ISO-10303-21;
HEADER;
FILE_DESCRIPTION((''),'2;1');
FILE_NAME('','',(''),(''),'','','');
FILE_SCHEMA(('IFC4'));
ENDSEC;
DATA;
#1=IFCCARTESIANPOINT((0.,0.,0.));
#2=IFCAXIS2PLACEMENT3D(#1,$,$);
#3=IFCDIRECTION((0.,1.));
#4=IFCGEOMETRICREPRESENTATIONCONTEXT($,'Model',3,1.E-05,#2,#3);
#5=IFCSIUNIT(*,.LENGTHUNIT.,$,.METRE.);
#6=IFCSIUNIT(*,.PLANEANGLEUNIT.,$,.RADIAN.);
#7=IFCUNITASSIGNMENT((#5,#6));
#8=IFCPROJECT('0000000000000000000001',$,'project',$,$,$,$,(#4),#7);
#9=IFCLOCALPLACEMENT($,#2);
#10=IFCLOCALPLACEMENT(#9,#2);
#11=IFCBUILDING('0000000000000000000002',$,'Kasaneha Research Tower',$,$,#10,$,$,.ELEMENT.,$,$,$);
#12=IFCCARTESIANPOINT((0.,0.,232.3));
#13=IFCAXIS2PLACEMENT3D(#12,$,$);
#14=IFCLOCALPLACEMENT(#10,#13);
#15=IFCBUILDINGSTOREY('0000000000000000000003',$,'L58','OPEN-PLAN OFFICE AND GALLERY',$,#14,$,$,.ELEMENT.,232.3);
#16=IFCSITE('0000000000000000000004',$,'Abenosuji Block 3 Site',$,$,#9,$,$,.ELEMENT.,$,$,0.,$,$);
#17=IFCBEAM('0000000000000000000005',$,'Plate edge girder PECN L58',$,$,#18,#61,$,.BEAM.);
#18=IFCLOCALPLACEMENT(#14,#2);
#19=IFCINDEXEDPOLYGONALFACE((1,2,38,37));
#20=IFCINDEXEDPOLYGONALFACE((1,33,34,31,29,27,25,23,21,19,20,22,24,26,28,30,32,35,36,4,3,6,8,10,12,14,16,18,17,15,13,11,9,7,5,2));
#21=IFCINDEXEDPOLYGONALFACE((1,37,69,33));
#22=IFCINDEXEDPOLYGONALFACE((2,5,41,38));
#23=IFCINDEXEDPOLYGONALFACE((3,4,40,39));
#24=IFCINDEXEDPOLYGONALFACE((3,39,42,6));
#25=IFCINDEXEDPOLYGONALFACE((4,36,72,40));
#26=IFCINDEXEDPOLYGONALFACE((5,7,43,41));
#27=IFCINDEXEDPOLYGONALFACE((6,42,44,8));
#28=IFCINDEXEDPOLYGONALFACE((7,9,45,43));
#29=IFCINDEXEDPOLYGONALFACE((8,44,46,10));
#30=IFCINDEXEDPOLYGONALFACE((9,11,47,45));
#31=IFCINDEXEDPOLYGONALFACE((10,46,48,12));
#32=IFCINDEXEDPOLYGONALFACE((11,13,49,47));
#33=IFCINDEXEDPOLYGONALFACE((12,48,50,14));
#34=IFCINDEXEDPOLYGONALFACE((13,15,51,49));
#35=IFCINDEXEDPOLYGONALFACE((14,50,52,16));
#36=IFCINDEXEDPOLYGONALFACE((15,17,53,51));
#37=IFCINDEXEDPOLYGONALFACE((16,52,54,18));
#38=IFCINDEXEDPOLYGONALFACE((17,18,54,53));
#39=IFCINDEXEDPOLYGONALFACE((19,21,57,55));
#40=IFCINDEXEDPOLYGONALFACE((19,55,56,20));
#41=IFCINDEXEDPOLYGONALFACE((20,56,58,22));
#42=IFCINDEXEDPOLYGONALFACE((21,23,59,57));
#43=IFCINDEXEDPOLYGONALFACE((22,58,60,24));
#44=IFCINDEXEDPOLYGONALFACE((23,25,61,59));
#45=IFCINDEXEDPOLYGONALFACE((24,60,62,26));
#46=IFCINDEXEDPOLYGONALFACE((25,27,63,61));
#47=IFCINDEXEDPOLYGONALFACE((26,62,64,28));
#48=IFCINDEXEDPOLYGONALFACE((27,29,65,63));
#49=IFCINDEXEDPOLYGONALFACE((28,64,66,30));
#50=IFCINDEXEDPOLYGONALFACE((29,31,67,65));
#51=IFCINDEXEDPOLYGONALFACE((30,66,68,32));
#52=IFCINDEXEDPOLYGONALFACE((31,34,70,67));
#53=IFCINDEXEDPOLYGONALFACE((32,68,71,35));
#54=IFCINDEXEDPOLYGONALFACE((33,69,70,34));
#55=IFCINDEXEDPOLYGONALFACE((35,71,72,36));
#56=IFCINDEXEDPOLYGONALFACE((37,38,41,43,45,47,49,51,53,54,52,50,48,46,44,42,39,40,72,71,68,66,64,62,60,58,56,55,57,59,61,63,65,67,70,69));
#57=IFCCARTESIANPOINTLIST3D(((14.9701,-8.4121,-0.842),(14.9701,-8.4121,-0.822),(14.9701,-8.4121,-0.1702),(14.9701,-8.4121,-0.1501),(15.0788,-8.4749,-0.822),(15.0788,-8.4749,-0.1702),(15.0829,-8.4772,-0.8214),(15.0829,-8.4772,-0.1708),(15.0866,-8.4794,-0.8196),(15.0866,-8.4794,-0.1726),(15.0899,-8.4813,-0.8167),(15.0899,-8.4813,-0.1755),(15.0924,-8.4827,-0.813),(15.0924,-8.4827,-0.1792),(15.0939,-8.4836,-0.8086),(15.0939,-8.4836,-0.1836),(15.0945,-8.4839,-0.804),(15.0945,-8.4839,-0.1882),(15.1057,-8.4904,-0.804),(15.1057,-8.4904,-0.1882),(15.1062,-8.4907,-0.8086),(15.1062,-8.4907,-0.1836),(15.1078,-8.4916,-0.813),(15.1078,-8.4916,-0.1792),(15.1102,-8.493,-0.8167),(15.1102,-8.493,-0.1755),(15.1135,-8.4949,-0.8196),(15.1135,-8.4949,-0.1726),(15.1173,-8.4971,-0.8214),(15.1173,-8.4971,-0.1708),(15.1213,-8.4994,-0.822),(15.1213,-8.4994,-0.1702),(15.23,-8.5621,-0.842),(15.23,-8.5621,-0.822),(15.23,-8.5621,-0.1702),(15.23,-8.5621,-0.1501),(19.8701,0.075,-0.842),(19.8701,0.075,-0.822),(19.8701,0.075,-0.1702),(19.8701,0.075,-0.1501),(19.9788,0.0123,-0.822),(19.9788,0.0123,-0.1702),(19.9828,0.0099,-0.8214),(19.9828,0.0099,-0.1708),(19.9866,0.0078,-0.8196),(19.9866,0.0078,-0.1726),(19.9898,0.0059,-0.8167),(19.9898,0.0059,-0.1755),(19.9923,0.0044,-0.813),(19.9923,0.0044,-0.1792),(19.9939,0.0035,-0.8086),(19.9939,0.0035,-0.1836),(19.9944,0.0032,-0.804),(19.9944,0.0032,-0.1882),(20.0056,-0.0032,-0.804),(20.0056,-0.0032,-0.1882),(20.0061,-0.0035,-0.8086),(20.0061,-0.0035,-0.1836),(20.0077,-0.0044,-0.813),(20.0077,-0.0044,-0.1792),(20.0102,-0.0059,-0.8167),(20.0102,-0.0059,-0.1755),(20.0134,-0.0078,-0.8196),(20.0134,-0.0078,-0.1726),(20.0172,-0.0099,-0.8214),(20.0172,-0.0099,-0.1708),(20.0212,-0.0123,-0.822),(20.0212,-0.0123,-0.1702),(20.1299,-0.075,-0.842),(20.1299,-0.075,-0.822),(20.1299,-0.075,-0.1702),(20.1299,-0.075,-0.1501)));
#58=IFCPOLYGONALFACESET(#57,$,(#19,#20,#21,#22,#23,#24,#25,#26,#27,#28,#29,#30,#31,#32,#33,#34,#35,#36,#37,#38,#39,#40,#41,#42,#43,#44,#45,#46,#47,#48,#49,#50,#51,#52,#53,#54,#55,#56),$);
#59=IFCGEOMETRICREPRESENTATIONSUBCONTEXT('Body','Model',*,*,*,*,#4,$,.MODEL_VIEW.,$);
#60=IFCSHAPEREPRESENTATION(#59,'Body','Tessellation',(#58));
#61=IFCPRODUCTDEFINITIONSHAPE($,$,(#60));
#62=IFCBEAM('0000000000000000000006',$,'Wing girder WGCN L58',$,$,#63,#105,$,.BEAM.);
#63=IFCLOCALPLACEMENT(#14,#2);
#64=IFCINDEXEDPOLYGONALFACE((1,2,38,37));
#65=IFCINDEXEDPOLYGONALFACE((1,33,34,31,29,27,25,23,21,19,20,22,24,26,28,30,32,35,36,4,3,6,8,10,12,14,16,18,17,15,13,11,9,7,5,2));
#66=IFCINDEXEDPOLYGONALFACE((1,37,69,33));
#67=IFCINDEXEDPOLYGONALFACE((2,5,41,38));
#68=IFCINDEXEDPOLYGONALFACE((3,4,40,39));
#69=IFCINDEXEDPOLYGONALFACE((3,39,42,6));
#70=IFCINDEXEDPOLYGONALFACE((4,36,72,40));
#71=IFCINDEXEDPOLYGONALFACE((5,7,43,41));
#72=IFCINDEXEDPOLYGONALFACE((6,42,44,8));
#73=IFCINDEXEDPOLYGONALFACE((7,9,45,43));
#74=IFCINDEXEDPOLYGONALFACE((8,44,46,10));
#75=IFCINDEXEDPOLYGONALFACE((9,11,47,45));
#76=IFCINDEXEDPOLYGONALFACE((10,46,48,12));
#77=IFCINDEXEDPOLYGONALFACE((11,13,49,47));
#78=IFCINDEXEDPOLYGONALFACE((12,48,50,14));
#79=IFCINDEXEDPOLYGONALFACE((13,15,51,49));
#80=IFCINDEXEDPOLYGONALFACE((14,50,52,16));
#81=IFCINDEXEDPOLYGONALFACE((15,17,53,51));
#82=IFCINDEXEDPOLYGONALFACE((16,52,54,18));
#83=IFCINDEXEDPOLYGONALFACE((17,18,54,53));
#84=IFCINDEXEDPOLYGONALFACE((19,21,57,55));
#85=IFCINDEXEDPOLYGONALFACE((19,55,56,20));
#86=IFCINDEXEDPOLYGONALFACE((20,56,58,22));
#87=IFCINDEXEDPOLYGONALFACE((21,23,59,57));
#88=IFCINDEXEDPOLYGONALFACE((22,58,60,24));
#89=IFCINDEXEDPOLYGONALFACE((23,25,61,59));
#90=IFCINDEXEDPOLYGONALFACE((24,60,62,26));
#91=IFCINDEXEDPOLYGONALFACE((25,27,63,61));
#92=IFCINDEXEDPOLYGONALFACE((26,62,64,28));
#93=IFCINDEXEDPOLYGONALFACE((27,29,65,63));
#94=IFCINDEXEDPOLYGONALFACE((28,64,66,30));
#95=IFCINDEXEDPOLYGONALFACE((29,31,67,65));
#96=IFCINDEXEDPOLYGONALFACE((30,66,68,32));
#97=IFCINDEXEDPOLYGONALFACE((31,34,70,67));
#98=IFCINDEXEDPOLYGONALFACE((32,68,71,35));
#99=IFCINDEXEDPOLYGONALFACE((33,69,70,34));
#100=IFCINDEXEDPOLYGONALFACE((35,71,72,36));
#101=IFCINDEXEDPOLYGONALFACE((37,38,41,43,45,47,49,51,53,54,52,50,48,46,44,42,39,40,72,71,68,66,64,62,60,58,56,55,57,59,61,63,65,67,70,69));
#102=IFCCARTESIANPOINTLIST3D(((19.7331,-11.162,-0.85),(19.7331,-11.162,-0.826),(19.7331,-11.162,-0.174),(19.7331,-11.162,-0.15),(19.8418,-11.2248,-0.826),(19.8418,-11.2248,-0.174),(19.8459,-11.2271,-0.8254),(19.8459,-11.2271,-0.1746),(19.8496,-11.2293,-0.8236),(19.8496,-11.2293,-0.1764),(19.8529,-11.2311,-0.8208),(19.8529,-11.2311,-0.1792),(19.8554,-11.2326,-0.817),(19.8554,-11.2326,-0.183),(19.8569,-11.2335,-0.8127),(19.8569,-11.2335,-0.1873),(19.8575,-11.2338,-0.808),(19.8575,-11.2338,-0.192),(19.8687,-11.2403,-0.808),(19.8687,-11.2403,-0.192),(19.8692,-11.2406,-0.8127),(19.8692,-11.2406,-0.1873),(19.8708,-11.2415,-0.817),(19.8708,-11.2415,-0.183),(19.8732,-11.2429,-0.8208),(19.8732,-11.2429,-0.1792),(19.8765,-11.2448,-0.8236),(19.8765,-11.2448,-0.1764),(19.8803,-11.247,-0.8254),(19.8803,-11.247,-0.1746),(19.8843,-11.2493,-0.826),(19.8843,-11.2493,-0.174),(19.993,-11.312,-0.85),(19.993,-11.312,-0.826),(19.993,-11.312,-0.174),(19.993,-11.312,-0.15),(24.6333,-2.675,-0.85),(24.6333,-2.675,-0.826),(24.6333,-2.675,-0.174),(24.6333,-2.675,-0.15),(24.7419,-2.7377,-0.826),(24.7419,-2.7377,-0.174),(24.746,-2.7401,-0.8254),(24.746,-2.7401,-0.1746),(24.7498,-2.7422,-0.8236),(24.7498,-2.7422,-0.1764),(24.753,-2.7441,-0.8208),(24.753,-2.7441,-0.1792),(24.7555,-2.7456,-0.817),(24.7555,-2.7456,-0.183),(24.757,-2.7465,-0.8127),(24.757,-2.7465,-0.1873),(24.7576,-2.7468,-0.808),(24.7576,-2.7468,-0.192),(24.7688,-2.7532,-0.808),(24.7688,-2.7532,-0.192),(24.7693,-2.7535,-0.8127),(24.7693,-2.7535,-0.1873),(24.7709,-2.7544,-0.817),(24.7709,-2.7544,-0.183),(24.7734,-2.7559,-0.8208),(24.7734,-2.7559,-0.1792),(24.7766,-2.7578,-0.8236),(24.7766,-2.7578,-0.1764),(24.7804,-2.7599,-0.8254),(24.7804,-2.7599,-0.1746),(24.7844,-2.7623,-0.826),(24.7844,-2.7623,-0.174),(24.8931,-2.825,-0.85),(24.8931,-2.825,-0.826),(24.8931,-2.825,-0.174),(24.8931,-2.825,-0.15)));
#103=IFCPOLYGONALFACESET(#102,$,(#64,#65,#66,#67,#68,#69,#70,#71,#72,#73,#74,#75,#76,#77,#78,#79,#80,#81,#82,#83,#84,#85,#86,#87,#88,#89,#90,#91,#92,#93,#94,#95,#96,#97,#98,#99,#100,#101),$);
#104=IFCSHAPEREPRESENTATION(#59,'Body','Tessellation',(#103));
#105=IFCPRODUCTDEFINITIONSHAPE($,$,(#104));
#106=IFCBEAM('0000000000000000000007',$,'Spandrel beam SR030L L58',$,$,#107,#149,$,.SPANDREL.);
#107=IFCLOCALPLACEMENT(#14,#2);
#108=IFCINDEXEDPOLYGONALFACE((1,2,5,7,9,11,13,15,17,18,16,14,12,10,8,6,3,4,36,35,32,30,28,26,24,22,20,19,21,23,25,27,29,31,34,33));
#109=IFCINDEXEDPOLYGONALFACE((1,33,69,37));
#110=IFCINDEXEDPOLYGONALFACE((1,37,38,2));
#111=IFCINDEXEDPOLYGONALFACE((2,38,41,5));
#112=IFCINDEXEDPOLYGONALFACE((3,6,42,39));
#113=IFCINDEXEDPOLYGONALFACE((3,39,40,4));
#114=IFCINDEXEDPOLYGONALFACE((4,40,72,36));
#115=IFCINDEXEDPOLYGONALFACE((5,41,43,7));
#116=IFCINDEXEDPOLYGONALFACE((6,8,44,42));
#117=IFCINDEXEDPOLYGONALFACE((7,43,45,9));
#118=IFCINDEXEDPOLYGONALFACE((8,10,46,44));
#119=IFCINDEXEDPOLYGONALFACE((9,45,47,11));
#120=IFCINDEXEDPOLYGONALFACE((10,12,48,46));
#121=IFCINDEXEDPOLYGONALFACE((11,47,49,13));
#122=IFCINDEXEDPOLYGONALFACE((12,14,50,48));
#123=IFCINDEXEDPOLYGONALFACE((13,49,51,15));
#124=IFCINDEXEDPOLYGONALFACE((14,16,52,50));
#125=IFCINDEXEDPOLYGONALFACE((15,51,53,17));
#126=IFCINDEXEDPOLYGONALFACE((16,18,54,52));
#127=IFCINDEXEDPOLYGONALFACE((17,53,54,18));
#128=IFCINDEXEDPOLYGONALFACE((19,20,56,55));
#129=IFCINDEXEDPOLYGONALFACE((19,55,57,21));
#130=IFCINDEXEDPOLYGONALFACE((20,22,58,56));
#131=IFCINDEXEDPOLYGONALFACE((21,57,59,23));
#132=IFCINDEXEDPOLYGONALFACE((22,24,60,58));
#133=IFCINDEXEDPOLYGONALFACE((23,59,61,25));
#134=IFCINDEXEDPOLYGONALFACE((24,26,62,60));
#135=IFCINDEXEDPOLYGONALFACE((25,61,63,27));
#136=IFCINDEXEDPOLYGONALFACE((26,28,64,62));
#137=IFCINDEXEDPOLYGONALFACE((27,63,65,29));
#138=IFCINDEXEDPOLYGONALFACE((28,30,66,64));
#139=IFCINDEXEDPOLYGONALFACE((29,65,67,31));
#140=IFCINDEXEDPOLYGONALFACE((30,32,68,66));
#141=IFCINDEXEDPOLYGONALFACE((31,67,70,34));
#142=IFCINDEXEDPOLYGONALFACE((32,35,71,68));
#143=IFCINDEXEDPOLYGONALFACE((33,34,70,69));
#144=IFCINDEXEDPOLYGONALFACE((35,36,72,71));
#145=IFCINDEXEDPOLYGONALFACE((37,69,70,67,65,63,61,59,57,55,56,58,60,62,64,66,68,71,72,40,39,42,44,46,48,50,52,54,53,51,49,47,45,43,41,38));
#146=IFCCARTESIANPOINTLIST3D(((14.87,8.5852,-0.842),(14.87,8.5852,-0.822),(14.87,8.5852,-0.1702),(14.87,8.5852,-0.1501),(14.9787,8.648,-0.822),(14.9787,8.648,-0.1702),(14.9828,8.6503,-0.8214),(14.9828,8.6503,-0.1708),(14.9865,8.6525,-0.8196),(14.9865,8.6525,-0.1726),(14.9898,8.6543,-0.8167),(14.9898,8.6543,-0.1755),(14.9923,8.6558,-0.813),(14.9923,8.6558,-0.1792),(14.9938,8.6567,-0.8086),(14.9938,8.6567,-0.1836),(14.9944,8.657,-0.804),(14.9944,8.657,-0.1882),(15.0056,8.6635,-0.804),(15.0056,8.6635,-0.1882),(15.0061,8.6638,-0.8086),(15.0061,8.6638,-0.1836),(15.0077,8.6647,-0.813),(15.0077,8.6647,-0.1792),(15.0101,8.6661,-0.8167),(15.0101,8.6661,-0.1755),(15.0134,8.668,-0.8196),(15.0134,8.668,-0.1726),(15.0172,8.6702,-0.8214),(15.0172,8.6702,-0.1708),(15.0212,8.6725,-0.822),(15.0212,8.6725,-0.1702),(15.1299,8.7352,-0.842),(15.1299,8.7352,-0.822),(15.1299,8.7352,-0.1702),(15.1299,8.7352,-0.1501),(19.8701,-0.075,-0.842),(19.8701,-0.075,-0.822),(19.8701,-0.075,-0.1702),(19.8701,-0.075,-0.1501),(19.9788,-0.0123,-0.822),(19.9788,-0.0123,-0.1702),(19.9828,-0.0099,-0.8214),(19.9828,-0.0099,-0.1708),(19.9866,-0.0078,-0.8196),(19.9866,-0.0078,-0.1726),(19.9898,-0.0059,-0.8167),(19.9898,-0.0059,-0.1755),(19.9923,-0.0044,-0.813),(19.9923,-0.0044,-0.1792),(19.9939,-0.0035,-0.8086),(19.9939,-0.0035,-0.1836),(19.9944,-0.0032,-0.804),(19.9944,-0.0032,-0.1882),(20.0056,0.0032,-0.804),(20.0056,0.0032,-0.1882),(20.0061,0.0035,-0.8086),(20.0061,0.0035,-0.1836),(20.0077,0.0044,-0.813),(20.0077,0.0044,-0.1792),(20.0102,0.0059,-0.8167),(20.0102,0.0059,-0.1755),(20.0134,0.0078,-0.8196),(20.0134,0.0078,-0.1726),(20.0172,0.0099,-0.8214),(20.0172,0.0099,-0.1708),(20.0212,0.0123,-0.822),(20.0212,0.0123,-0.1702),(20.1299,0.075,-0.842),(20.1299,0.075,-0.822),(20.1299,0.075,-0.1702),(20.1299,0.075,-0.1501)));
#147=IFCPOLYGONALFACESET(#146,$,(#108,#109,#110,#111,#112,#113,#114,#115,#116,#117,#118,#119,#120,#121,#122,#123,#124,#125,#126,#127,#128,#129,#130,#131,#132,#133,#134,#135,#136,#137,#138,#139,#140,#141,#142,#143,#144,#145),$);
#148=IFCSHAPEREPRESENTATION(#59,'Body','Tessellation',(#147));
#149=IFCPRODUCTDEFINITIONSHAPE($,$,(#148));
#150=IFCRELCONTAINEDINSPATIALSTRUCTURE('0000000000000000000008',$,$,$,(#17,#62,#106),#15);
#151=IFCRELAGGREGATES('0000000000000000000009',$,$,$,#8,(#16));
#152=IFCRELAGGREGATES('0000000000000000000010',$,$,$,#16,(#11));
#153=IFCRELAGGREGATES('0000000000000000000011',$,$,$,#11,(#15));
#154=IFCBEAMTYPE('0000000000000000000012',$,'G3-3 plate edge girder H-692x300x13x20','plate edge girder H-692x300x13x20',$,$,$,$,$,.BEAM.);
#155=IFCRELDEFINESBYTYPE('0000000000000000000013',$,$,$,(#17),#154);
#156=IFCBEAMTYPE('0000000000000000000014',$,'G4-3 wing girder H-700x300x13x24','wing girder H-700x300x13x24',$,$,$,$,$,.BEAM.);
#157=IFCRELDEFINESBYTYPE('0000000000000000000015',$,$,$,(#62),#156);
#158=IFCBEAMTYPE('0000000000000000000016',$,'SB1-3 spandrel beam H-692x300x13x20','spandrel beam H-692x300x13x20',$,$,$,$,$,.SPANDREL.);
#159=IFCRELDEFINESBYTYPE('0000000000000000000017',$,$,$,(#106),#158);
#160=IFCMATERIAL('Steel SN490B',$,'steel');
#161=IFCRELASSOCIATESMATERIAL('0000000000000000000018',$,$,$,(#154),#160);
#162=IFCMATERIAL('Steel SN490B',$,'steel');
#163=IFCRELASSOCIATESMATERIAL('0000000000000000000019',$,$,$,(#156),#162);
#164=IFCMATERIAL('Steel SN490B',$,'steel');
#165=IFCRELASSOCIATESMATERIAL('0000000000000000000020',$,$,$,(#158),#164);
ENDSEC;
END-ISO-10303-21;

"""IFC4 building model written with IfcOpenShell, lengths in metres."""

from ifc_helpers import new_model, si_unit, direction, frame, origin, origin_2d, place, context, subcontext, project, spatial, i_section, extrude, material, material_profile, profile_set, type_object, element, save


model = new_model("IFC4")

# Units and contexts
model_context = context("Model", 3, precision=1e-05, world=origin(), true_north=direction((0.0, 1.0)))
body_context = subcontext(model_context, "Body", "Model", "MODEL_VIEW")
ifc_project = project(units=[si_unit("LENGTHUNIT", "METRE"), si_unit("PLANEANGLEUNIT", "RADIAN")], contexts=[model_context])

# Site, building, storey
site_placement = place(None, origin())
site = spatial("IfcSite", under=ifc_project, at=site_placement, Name="Abenosuji Block 3 Site", CompositionType="ELEMENT", RefElevation=0.0)
building_placement = place(site_placement, origin())
building = spatial("IfcBuilding", under=site, at=building_placement, Name="Kasaneha Research Tower", CompositionType="ELEMENT")
storey_placement = place(building_placement, frame((0.0, 0.0, 232.3)))
storey = spatial("IfcBuildingStorey", under=building, at=storey_placement, Name="L58", Description="OPEN-PLAN OFFICE AND GALLERY", CompositionType="ELEMENT", Elevation=232.3)

# Beams
ifc_material_1 = material(Name="Steel SN490B", Category="steel")
ifc_material_profile_1 = material_profile(ifc_material_1, i_section(OverallWidth=0.3, OverallDepth=0.6919, WebThickness=0.0129, FlangeThickness=0.02, FilletRadius=0.0181, at=origin_2d()), Name="H-692x300x13x20")
ifc_profile_set_1 = profile_set([ifc_material_profile_1], Name="Steel SN490B")
beam_type_1 = type_object("IfcBeamType", Name="G3-3 plate edge girder H-692x300x13x20", Description="plate edge girder H-692x300x13x20", PredefinedType="BEAM", material=ifc_profile_set_1)
beam_1_placement = place(storey_placement, frame((20.0, 0.0, -0.4961), z_axis=(-0.499992, -0.86603, 0.0), x_axis=(0.86603, -0.499992, 0.0)))
element("IfcBeam", 1, at=beam_1_placement, inside=storey, type_object=beam_type_1, Name="Plate edge girder PECN L58", PredefinedType="BEAM", context=body_context, shape_type="SweptSolid", body=[
    extrude(i_section(OverallWidth=0.3, OverallDepth=0.6919, WebThickness=0.0129, FlangeThickness=0.02, FilletRadius=0.0181, at=origin_2d()), origin(), (0.0, 0.0, 1.0), 9.8),
])
ifc_material_2 = material(Name="Steel SN490B", Category="steel")
ifc_material_profile_2 = material_profile(ifc_material_2, i_section(OverallWidth=0.3, OverallDepth=0.7, WebThickness=0.0129, FlangeThickness=0.0239, FilletRadius=0.0181, at=origin_2d()), Name="H-700x300x13x24")
ifc_profile_set_2 = profile_set([ifc_material_profile_2], Name="Steel SN490B")
beam_type_2 = type_object("IfcBeamType", Name="G4-3 wing girder H-700x300x13x24", Description="wing girder H-700x300x13x24", PredefinedType="BEAM", material=ifc_profile_set_2)
beam_2_placement = place(storey_placement, frame((24.7632, -2.75, -0.5), z_axis=(-0.500011, -0.866019, 0.0), x_axis=(0.866019, -0.500011, 0.0)))
element("IfcBeam", 2, at=beam_2_placement, inside=storey, type_object=beam_type_2, Name="Wing girder WGCN L58", PredefinedType="BEAM", context=body_context, shape_type="SweptSolid", body=[
    extrude(i_section(OverallWidth=0.3, OverallDepth=0.7, WebThickness=0.0129, FlangeThickness=0.0239, FilletRadius=0.0181, at=origin_2d()), origin(), (0.0, 0.0, 1.0), 9.8),
])
ifc_material_3 = material(Name="Steel SN490B", Category="steel")
ifc_material_profile_3 = material_profile(ifc_material_3, i_section(OverallWidth=0.3, OverallDepth=0.6919, WebThickness=0.0129, FlangeThickness=0.02, FilletRadius=0.0181, at=origin_2d()), Name="H-692x300x13x20")
ifc_profile_set_3 = profile_set([ifc_material_profile_3], Name="Steel SN490B")
beam_type_3 = type_object("IfcBeamType", Name="SB1-3 spandrel beam H-692x300x13x20", Description="spandrel beam H-692x300x13x20", PredefinedType="SPANDREL", material=ifc_profile_set_3)
beam_3_placement = place(storey_placement, frame((20.0, 0.0, -0.4961), z_axis=(-0.500004, 0.866023, 0.0), x_axis=(-0.866023, -0.500004, 0.0)))
element("IfcBeam", 3, at=beam_3_placement, inside=storey, type_object=beam_type_3, Name="Spandrel beam SR030L L58", PredefinedType="SPANDREL", context=body_context, shape_type="SweptSolid", body=[
    extrude(i_section(OverallWidth=0.3, OverallDepth=0.6919, WebThickness=0.0129, FlangeThickness=0.02, FilletRadius=0.0181, at=origin_2d()), origin(), (0.0, 0.0, 1.0), 10.0),
])

save(model, "model.ifc")
